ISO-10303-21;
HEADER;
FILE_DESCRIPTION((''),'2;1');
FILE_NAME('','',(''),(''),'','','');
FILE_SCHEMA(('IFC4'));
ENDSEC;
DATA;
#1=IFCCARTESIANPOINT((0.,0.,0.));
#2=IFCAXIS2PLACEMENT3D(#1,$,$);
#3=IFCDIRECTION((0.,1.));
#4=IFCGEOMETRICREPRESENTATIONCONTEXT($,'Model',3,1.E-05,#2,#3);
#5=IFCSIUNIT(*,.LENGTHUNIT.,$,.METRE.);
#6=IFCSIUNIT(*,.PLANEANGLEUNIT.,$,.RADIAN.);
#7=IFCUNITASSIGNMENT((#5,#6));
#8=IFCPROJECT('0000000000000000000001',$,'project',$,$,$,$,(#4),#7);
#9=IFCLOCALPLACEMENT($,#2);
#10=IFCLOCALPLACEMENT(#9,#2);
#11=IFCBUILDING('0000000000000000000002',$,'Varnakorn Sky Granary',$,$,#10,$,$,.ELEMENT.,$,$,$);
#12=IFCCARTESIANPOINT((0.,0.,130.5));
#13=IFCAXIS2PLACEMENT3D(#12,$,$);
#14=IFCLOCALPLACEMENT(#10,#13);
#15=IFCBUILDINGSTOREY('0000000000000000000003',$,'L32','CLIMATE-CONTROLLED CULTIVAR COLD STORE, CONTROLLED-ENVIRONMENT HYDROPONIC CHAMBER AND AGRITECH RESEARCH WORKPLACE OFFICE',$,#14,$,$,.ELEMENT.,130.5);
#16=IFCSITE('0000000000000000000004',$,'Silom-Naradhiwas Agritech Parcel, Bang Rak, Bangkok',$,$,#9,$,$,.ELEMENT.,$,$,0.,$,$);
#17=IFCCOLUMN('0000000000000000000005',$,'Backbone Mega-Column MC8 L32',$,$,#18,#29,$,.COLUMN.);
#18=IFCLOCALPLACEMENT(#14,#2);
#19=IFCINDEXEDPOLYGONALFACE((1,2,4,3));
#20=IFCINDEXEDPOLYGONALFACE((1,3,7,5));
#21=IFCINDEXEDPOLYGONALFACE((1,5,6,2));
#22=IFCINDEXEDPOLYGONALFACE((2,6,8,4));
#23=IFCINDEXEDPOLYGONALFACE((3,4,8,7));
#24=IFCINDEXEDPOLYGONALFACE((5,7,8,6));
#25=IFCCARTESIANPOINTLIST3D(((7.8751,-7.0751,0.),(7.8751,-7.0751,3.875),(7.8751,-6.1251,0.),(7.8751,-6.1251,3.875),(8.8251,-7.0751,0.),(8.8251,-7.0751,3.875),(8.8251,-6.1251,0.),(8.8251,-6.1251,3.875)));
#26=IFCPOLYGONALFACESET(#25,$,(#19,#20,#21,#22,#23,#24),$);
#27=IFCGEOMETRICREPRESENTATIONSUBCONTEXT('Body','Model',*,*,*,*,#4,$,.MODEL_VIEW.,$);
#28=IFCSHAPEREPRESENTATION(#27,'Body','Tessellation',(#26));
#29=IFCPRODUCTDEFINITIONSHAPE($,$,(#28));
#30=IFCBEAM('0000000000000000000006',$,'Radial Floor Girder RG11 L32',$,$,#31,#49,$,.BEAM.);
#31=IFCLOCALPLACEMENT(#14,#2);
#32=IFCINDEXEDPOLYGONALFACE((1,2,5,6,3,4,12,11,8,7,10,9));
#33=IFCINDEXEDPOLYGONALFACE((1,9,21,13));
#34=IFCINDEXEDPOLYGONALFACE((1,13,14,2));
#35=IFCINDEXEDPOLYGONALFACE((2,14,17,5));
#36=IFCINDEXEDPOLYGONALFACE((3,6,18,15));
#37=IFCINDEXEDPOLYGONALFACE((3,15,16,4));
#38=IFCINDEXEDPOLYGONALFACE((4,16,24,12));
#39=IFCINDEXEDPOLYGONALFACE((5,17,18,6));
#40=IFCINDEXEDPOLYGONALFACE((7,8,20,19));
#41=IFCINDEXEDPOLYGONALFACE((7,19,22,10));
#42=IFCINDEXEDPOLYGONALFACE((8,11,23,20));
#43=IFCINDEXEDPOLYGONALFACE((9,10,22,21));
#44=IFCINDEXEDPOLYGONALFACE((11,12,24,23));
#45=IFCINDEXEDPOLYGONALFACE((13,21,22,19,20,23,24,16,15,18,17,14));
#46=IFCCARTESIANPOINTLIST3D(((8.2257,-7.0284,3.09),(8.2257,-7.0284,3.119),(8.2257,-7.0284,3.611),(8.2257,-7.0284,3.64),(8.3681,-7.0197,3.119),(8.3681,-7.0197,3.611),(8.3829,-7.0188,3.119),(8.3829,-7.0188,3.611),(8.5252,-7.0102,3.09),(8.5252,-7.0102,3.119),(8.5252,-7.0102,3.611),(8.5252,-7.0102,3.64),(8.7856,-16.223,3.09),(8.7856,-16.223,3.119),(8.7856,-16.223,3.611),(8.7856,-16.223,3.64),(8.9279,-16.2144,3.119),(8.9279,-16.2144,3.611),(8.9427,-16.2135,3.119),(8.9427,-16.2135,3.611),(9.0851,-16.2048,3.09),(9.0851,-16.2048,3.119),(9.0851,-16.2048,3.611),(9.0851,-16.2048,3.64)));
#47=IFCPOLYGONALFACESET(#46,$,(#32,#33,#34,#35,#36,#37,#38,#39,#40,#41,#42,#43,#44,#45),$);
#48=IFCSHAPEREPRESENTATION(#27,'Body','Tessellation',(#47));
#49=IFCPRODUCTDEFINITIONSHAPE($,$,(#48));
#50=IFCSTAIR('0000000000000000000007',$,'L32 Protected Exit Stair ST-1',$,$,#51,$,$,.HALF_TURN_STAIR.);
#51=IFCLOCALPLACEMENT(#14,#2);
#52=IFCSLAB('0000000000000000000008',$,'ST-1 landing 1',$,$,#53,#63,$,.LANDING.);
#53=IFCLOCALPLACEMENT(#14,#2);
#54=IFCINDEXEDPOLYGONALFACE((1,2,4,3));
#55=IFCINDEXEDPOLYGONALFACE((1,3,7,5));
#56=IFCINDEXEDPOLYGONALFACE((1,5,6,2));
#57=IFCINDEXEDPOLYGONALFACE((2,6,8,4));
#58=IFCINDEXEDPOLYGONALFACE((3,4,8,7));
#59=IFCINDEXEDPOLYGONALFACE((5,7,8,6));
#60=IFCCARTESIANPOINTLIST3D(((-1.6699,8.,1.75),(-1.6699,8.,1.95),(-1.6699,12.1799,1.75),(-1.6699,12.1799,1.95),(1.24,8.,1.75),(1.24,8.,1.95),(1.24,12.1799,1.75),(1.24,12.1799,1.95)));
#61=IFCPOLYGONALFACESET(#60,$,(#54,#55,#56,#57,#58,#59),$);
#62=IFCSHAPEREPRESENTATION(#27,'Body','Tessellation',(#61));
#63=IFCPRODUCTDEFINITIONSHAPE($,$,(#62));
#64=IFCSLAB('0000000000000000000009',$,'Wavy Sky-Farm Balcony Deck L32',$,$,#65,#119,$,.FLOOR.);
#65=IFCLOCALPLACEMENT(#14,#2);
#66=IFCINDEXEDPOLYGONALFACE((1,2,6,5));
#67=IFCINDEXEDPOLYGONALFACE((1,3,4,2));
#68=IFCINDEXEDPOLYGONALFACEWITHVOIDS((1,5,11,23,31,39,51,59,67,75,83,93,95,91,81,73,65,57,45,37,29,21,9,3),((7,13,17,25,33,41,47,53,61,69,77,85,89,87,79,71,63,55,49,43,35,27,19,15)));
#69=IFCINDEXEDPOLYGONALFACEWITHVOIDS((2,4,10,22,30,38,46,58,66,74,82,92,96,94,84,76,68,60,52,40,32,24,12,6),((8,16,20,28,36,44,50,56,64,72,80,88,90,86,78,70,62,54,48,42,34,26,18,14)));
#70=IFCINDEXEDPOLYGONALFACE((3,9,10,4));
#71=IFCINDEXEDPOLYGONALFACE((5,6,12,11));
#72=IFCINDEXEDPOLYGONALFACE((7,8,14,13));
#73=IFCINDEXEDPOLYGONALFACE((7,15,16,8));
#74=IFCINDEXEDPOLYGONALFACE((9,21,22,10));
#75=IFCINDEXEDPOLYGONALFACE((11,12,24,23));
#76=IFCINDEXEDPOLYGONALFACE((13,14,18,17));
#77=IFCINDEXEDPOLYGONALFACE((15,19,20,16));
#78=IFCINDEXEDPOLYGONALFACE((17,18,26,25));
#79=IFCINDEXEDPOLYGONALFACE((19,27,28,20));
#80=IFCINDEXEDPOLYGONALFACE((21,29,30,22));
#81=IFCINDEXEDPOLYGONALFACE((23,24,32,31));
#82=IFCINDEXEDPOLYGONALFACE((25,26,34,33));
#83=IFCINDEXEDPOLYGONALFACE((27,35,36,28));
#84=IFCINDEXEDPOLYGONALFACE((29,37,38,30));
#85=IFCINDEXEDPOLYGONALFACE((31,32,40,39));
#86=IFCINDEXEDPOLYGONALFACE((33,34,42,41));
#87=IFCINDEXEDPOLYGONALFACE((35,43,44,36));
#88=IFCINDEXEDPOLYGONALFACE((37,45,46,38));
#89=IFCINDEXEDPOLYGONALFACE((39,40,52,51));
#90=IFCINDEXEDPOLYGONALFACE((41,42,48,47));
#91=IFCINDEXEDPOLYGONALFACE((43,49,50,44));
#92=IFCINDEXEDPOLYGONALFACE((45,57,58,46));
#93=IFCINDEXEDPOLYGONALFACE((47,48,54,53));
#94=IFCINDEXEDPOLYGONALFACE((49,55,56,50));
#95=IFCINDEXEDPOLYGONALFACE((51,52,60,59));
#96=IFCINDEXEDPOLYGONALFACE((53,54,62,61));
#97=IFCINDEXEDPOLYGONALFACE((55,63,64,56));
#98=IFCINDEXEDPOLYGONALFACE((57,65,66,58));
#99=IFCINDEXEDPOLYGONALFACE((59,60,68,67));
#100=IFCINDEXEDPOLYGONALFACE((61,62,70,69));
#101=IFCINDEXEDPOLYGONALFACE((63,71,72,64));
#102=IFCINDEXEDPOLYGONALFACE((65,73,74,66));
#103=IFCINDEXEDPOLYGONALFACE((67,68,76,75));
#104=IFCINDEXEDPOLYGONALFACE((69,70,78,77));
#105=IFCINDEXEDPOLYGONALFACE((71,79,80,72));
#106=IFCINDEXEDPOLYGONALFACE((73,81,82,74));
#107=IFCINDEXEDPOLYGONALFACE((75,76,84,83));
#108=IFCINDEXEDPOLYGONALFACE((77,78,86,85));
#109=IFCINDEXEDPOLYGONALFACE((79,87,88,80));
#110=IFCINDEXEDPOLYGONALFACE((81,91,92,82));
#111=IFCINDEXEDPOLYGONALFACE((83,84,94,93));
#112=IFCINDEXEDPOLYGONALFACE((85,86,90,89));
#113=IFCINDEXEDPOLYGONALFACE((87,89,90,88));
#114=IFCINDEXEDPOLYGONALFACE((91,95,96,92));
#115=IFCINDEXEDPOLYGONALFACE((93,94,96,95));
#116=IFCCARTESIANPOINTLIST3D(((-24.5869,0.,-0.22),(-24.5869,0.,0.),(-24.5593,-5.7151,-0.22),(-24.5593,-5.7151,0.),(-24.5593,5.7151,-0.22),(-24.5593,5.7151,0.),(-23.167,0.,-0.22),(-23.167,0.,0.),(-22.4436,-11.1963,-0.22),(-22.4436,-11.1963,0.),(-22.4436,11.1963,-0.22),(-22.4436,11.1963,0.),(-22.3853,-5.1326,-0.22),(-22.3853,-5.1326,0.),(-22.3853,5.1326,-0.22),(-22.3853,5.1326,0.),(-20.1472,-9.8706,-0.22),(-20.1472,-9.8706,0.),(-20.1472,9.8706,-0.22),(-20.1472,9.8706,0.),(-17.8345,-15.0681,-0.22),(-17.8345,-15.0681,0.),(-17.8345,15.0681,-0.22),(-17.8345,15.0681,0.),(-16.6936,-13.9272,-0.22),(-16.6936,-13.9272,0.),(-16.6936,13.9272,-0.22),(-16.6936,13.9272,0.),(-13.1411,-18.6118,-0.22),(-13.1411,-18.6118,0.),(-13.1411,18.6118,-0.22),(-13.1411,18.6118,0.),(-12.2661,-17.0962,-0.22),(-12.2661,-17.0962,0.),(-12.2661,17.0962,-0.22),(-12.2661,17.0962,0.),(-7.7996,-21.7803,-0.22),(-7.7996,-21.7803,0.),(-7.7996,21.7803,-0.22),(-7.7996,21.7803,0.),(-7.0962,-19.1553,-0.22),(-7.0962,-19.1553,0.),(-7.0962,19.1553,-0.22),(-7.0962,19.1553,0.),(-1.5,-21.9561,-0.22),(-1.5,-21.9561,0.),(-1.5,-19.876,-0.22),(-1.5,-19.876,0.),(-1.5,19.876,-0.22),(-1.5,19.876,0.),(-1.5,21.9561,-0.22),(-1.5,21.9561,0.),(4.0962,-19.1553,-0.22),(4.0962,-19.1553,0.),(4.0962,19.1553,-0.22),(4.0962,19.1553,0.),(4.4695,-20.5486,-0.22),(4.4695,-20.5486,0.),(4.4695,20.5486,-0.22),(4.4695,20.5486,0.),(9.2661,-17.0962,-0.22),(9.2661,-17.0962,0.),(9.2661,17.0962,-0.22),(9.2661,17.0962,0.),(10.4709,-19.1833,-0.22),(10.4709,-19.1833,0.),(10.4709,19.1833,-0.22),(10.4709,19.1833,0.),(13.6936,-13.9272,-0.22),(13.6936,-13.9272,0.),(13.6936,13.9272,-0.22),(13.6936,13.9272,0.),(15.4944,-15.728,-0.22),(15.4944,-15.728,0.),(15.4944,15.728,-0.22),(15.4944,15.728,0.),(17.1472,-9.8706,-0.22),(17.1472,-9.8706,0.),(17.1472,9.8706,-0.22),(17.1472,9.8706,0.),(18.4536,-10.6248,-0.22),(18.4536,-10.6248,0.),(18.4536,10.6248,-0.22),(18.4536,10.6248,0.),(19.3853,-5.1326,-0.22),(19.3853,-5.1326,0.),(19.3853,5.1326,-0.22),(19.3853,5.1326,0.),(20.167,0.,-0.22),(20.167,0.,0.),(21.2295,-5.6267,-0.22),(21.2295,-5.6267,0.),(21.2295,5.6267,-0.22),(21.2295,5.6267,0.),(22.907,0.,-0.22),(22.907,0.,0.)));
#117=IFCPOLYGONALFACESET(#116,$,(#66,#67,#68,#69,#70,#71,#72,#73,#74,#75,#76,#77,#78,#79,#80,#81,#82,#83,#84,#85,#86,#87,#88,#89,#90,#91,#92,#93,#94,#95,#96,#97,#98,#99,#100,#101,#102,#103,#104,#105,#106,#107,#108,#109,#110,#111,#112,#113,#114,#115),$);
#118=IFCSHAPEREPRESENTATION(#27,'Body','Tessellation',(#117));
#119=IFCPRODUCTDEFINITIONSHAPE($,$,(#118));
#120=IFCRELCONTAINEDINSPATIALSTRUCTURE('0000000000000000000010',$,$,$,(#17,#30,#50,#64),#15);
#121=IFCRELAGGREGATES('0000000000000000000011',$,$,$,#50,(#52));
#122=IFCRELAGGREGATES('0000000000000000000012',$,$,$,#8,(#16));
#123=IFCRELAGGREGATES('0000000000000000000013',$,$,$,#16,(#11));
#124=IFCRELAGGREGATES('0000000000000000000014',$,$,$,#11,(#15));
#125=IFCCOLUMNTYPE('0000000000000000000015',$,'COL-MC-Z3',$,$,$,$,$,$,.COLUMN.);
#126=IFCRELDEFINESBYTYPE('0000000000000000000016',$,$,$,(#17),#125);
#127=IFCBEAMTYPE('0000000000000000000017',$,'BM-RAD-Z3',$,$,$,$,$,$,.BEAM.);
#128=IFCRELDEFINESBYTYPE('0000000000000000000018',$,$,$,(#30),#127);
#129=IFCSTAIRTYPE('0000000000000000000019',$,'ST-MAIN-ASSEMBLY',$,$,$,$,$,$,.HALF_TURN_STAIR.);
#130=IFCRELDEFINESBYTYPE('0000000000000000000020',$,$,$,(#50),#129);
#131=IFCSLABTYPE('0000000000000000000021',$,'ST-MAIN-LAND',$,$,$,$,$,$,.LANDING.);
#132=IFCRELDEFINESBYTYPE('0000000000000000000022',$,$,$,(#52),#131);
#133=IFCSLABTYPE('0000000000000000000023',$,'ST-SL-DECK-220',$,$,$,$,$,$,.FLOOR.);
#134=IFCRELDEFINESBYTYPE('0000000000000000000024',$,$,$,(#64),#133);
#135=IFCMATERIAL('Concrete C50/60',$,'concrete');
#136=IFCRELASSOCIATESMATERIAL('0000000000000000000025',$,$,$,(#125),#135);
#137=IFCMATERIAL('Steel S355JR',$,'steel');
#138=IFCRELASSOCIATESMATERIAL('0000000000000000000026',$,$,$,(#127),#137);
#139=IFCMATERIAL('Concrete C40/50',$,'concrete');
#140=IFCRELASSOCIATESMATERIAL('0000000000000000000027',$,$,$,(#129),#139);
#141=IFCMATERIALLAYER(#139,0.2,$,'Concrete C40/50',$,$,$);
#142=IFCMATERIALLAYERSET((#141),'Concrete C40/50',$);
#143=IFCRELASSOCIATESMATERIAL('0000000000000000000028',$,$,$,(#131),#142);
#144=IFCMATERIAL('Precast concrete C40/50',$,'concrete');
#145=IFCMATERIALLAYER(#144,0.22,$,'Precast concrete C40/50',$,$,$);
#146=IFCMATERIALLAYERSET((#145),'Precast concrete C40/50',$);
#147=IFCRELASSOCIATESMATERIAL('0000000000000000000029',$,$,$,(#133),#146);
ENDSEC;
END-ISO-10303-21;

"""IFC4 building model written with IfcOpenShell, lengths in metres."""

from ifc_helpers import new_model, si_unit, direction, frame, origin, origin_2d, place, context, subcontext, project, spatial, polyline, rectangle, i_section, outline, extrude, material, layer, layer_set, material_profile, profile_set, type_object, element, aggregate, save


model = new_model("IFC4")

# Units and contexts
model_context = context("Model", 3, precision=1e-05, world=origin(), true_north=direction((0.0, 1.0)))
body_context = subcontext(model_context, "Body", "Model", "MODEL_VIEW")
ifc_project = project(units=[si_unit("LENGTHUNIT", "METRE"), si_unit("PLANEANGLEUNIT", "RADIAN")], contexts=[model_context])

# Site, building, storey
site_placement = place(None, origin())
site = spatial("IfcSite", under=ifc_project, at=site_placement, Name="Silom-Naradhiwas Agritech Parcel, Bang Rak, Bangkok", CompositionType="ELEMENT", RefElevation=0.0)
building_placement = place(site_placement, origin())
building = spatial("IfcBuilding", under=site, at=building_placement, Name="Varnakorn Sky Granary", CompositionType="ELEMENT")
storey_placement = place(building_placement, frame((0.0, 0.0, 130.5)))
storey = spatial("IfcBuildingStorey", under=building, at=storey_placement, Name="L32", Description="CLIMATE-CONTROLLED CULTIVAR COLD STORE, CONTROLLED-ENVIRONMENT HYDROPONIC CHAMBER AND AGRITECH RESEARCH WORKPLACE OFFICE", CompositionType="ELEMENT", Elevation=130.5)

# Column
ifc_material_1 = material(Name="Concrete C50/60", Category="concrete")
ifc_material_profile_1 = material_profile(ifc_material_1, rectangle(XDim=0.95, YDim=0.95, at=origin_2d()), Name="RC 950x950")
ifc_profile_set_1 = profile_set([ifc_material_profile_1], Name="Concrete C50/60")
column_type = type_object("IfcColumnType", Name="COL-MC-Z3", PredefinedType="COLUMN", material=ifc_profile_set_1)
column_placement = place(storey_placement, frame((8.3501, -6.6001, 0.0), z_axis=(0.0, 0.0, 1.0), x_axis=(1.0, 0.0, 0.0)))
element("IfcColumn", 1, at=column_placement, inside=storey, type_object=column_type, Name="Backbone Mega-Column MC8 L32", PredefinedType="COLUMN", context=body_context, shape_type="SweptSolid", body=[
    extrude(rectangle(XDim=0.95, YDim=0.95, at=origin_2d()), origin(), (0.0, 0.0, 1.0), 3.875),
])

# Beam
ifc_material_2 = material(Name="Steel S355JR", Category="steel")
ifc_material_profile_2 = material_profile(ifc_material_2, i_section(OverallWidth=0.3, OverallDepth=0.55, WebThickness=0.0149, FlangeThickness=0.0291, at=origin_2d()), Name="HE 550 B")
ifc_profile_set_2 = profile_set([ifc_material_profile_2], Name="Steel S355JR")
beam_type = type_object("IfcBeamType", Name="BM-RAD-Z3", PredefinedType="BEAM", material=ifc_profile_set_2)
beam_placement = place(storey_placement, frame((8.3755, -7.0193, 3.365), z_axis=(0.060773, -0.998152, 0.0), x_axis=(0.998152, 0.060773, 0.0)))
element("IfcBeam", 2, at=beam_placement, inside=storey, type_object=beam_type, Name="Radial Floor Girder RG11 L32", PredefinedType="BEAM", context=body_context, shape_type="SweptSolid", body=[
    extrude(i_section(OverallWidth=0.3, OverallDepth=0.55, WebThickness=0.0149, FlangeThickness=0.0291, at=origin_2d()), origin(), (0.0, 0.0, 1.0), 9.2117),
])

# Stair, slab
ifc_material_3 = material(Name="Concrete C40/50", Category="concrete")
stair_type = type_object("IfcStairType", Name="ST-MAIN-ASSEMBLY", PredefinedType="HALF_TURN_STAIR", material=ifc_material_3)
stair_placement = place(storey_placement, origin())
stair = element("IfcStair", 3, at=stair_placement, inside=storey, type_object=stair_type, Name="L32 Protected Exit Stair ST-1", PredefinedType="HALF_TURN_STAIR")
ifc_layer_1 = layer(ifc_material_3, 0.2, Name="Concrete C40/50")
ifc_layer_set_1 = layer_set([ifc_layer_1], Name="Concrete C40/50")
slab_type_1 = type_object("IfcSlabType", Name="ST-MAIN-LAND", PredefinedType="LANDING", material=ifc_layer_set_1)
slab_1_placement = place(storey_placement, frame((0.0, 0.0, 1.75)))
slab_1 = element("IfcSlab", 4, at=slab_1_placement, type_object=slab_type_1, Name="ST-1 landing 1", PredefinedType="LANDING", context=body_context, shape_type="SweptSolid", body=[
    extrude(outline(polyline([(1.24, 8.0), (1.24, 12.1799), (-1.6699, 12.1799), (-1.6699, 8.0), (1.24, 8.0)])), origin(), (0.0, 0.0, 1.0), 0.2),
])
aggregate(stair, [slab_1])

# Slab
ifc_material_4 = material(Name="Precast concrete C40/50", Category="concrete")
ifc_layer_2 = layer(ifc_material_4, 0.22, Name="Precast concrete C40/50")
ifc_layer_set_2 = layer_set([ifc_layer_2], Name="Precast concrete C40/50")
slab_type_2 = type_object("IfcSlabType", Name="ST-SL-DECK-220", PredefinedType="FLOOR", material=ifc_layer_set_2)
slab_2_placement = place(storey_placement, frame((0.0, 0.0, -0.22)))
element("IfcSlab", 5, at=slab_2_placement, inside=storey, type_object=slab_type_2, Name="Wavy Sky-Farm Balcony Deck L32", PredefinedType="FLOOR", context=body_context, shape_type="SweptSolid", body=[
    extrude(outline(polyline([(22.907, 0.0), (21.2295, 5.6267), (18.4536, 10.6248), (15.4944, 15.728), (10.4709, 19.1833), (4.4695, 20.5486), (-1.5, 21.9561), (-7.7996, 21.7803), (-13.1411, 18.6118), (-17.8345, 15.0681), (-22.4436, 11.1963), (-24.5593, 5.7151), (-24.5869, 0.0), (-24.5593, -5.7151), (-22.4436, -11.1963), (-17.8345, -15.0681), (-13.1411, -18.6118), (-7.7996, -21.7803), (-1.5, -21.9561), (4.4695, -20.5486), (10.4709, -19.1833), (15.4944, -15.728), (18.4536, -10.6248), (21.2295, -5.6267), (22.907, 0.0)]), holes=[polyline([(20.167, 0.0), (19.3853, 5.1326), (17.1472, 9.8706), (13.6936, 13.9272), (9.2661, 17.0962), (4.0962, 19.1553), (-1.5, 19.876), (-7.0962, 19.1553), (-12.2661, 17.0962), (-16.6936, 13.9272), (-20.1472, 9.8706), (-22.3853, 5.1326), (-23.167, 0.0), (-22.3853, -5.1326), (-20.1472, -9.8706), (-16.6936, -13.9272), (-12.2661, -17.0962), (-7.0962, -19.1553), (-1.5, -19.876), (4.0962, -19.1553), (9.2661, -17.0962), (13.6936, -13.9272), (17.1472, -9.8706), (19.3853, -5.1326), (20.167, 0.0)])]), origin(), (0.0, 0.0, 1.0), 0.22),
])

save(model, "model.ifc")
